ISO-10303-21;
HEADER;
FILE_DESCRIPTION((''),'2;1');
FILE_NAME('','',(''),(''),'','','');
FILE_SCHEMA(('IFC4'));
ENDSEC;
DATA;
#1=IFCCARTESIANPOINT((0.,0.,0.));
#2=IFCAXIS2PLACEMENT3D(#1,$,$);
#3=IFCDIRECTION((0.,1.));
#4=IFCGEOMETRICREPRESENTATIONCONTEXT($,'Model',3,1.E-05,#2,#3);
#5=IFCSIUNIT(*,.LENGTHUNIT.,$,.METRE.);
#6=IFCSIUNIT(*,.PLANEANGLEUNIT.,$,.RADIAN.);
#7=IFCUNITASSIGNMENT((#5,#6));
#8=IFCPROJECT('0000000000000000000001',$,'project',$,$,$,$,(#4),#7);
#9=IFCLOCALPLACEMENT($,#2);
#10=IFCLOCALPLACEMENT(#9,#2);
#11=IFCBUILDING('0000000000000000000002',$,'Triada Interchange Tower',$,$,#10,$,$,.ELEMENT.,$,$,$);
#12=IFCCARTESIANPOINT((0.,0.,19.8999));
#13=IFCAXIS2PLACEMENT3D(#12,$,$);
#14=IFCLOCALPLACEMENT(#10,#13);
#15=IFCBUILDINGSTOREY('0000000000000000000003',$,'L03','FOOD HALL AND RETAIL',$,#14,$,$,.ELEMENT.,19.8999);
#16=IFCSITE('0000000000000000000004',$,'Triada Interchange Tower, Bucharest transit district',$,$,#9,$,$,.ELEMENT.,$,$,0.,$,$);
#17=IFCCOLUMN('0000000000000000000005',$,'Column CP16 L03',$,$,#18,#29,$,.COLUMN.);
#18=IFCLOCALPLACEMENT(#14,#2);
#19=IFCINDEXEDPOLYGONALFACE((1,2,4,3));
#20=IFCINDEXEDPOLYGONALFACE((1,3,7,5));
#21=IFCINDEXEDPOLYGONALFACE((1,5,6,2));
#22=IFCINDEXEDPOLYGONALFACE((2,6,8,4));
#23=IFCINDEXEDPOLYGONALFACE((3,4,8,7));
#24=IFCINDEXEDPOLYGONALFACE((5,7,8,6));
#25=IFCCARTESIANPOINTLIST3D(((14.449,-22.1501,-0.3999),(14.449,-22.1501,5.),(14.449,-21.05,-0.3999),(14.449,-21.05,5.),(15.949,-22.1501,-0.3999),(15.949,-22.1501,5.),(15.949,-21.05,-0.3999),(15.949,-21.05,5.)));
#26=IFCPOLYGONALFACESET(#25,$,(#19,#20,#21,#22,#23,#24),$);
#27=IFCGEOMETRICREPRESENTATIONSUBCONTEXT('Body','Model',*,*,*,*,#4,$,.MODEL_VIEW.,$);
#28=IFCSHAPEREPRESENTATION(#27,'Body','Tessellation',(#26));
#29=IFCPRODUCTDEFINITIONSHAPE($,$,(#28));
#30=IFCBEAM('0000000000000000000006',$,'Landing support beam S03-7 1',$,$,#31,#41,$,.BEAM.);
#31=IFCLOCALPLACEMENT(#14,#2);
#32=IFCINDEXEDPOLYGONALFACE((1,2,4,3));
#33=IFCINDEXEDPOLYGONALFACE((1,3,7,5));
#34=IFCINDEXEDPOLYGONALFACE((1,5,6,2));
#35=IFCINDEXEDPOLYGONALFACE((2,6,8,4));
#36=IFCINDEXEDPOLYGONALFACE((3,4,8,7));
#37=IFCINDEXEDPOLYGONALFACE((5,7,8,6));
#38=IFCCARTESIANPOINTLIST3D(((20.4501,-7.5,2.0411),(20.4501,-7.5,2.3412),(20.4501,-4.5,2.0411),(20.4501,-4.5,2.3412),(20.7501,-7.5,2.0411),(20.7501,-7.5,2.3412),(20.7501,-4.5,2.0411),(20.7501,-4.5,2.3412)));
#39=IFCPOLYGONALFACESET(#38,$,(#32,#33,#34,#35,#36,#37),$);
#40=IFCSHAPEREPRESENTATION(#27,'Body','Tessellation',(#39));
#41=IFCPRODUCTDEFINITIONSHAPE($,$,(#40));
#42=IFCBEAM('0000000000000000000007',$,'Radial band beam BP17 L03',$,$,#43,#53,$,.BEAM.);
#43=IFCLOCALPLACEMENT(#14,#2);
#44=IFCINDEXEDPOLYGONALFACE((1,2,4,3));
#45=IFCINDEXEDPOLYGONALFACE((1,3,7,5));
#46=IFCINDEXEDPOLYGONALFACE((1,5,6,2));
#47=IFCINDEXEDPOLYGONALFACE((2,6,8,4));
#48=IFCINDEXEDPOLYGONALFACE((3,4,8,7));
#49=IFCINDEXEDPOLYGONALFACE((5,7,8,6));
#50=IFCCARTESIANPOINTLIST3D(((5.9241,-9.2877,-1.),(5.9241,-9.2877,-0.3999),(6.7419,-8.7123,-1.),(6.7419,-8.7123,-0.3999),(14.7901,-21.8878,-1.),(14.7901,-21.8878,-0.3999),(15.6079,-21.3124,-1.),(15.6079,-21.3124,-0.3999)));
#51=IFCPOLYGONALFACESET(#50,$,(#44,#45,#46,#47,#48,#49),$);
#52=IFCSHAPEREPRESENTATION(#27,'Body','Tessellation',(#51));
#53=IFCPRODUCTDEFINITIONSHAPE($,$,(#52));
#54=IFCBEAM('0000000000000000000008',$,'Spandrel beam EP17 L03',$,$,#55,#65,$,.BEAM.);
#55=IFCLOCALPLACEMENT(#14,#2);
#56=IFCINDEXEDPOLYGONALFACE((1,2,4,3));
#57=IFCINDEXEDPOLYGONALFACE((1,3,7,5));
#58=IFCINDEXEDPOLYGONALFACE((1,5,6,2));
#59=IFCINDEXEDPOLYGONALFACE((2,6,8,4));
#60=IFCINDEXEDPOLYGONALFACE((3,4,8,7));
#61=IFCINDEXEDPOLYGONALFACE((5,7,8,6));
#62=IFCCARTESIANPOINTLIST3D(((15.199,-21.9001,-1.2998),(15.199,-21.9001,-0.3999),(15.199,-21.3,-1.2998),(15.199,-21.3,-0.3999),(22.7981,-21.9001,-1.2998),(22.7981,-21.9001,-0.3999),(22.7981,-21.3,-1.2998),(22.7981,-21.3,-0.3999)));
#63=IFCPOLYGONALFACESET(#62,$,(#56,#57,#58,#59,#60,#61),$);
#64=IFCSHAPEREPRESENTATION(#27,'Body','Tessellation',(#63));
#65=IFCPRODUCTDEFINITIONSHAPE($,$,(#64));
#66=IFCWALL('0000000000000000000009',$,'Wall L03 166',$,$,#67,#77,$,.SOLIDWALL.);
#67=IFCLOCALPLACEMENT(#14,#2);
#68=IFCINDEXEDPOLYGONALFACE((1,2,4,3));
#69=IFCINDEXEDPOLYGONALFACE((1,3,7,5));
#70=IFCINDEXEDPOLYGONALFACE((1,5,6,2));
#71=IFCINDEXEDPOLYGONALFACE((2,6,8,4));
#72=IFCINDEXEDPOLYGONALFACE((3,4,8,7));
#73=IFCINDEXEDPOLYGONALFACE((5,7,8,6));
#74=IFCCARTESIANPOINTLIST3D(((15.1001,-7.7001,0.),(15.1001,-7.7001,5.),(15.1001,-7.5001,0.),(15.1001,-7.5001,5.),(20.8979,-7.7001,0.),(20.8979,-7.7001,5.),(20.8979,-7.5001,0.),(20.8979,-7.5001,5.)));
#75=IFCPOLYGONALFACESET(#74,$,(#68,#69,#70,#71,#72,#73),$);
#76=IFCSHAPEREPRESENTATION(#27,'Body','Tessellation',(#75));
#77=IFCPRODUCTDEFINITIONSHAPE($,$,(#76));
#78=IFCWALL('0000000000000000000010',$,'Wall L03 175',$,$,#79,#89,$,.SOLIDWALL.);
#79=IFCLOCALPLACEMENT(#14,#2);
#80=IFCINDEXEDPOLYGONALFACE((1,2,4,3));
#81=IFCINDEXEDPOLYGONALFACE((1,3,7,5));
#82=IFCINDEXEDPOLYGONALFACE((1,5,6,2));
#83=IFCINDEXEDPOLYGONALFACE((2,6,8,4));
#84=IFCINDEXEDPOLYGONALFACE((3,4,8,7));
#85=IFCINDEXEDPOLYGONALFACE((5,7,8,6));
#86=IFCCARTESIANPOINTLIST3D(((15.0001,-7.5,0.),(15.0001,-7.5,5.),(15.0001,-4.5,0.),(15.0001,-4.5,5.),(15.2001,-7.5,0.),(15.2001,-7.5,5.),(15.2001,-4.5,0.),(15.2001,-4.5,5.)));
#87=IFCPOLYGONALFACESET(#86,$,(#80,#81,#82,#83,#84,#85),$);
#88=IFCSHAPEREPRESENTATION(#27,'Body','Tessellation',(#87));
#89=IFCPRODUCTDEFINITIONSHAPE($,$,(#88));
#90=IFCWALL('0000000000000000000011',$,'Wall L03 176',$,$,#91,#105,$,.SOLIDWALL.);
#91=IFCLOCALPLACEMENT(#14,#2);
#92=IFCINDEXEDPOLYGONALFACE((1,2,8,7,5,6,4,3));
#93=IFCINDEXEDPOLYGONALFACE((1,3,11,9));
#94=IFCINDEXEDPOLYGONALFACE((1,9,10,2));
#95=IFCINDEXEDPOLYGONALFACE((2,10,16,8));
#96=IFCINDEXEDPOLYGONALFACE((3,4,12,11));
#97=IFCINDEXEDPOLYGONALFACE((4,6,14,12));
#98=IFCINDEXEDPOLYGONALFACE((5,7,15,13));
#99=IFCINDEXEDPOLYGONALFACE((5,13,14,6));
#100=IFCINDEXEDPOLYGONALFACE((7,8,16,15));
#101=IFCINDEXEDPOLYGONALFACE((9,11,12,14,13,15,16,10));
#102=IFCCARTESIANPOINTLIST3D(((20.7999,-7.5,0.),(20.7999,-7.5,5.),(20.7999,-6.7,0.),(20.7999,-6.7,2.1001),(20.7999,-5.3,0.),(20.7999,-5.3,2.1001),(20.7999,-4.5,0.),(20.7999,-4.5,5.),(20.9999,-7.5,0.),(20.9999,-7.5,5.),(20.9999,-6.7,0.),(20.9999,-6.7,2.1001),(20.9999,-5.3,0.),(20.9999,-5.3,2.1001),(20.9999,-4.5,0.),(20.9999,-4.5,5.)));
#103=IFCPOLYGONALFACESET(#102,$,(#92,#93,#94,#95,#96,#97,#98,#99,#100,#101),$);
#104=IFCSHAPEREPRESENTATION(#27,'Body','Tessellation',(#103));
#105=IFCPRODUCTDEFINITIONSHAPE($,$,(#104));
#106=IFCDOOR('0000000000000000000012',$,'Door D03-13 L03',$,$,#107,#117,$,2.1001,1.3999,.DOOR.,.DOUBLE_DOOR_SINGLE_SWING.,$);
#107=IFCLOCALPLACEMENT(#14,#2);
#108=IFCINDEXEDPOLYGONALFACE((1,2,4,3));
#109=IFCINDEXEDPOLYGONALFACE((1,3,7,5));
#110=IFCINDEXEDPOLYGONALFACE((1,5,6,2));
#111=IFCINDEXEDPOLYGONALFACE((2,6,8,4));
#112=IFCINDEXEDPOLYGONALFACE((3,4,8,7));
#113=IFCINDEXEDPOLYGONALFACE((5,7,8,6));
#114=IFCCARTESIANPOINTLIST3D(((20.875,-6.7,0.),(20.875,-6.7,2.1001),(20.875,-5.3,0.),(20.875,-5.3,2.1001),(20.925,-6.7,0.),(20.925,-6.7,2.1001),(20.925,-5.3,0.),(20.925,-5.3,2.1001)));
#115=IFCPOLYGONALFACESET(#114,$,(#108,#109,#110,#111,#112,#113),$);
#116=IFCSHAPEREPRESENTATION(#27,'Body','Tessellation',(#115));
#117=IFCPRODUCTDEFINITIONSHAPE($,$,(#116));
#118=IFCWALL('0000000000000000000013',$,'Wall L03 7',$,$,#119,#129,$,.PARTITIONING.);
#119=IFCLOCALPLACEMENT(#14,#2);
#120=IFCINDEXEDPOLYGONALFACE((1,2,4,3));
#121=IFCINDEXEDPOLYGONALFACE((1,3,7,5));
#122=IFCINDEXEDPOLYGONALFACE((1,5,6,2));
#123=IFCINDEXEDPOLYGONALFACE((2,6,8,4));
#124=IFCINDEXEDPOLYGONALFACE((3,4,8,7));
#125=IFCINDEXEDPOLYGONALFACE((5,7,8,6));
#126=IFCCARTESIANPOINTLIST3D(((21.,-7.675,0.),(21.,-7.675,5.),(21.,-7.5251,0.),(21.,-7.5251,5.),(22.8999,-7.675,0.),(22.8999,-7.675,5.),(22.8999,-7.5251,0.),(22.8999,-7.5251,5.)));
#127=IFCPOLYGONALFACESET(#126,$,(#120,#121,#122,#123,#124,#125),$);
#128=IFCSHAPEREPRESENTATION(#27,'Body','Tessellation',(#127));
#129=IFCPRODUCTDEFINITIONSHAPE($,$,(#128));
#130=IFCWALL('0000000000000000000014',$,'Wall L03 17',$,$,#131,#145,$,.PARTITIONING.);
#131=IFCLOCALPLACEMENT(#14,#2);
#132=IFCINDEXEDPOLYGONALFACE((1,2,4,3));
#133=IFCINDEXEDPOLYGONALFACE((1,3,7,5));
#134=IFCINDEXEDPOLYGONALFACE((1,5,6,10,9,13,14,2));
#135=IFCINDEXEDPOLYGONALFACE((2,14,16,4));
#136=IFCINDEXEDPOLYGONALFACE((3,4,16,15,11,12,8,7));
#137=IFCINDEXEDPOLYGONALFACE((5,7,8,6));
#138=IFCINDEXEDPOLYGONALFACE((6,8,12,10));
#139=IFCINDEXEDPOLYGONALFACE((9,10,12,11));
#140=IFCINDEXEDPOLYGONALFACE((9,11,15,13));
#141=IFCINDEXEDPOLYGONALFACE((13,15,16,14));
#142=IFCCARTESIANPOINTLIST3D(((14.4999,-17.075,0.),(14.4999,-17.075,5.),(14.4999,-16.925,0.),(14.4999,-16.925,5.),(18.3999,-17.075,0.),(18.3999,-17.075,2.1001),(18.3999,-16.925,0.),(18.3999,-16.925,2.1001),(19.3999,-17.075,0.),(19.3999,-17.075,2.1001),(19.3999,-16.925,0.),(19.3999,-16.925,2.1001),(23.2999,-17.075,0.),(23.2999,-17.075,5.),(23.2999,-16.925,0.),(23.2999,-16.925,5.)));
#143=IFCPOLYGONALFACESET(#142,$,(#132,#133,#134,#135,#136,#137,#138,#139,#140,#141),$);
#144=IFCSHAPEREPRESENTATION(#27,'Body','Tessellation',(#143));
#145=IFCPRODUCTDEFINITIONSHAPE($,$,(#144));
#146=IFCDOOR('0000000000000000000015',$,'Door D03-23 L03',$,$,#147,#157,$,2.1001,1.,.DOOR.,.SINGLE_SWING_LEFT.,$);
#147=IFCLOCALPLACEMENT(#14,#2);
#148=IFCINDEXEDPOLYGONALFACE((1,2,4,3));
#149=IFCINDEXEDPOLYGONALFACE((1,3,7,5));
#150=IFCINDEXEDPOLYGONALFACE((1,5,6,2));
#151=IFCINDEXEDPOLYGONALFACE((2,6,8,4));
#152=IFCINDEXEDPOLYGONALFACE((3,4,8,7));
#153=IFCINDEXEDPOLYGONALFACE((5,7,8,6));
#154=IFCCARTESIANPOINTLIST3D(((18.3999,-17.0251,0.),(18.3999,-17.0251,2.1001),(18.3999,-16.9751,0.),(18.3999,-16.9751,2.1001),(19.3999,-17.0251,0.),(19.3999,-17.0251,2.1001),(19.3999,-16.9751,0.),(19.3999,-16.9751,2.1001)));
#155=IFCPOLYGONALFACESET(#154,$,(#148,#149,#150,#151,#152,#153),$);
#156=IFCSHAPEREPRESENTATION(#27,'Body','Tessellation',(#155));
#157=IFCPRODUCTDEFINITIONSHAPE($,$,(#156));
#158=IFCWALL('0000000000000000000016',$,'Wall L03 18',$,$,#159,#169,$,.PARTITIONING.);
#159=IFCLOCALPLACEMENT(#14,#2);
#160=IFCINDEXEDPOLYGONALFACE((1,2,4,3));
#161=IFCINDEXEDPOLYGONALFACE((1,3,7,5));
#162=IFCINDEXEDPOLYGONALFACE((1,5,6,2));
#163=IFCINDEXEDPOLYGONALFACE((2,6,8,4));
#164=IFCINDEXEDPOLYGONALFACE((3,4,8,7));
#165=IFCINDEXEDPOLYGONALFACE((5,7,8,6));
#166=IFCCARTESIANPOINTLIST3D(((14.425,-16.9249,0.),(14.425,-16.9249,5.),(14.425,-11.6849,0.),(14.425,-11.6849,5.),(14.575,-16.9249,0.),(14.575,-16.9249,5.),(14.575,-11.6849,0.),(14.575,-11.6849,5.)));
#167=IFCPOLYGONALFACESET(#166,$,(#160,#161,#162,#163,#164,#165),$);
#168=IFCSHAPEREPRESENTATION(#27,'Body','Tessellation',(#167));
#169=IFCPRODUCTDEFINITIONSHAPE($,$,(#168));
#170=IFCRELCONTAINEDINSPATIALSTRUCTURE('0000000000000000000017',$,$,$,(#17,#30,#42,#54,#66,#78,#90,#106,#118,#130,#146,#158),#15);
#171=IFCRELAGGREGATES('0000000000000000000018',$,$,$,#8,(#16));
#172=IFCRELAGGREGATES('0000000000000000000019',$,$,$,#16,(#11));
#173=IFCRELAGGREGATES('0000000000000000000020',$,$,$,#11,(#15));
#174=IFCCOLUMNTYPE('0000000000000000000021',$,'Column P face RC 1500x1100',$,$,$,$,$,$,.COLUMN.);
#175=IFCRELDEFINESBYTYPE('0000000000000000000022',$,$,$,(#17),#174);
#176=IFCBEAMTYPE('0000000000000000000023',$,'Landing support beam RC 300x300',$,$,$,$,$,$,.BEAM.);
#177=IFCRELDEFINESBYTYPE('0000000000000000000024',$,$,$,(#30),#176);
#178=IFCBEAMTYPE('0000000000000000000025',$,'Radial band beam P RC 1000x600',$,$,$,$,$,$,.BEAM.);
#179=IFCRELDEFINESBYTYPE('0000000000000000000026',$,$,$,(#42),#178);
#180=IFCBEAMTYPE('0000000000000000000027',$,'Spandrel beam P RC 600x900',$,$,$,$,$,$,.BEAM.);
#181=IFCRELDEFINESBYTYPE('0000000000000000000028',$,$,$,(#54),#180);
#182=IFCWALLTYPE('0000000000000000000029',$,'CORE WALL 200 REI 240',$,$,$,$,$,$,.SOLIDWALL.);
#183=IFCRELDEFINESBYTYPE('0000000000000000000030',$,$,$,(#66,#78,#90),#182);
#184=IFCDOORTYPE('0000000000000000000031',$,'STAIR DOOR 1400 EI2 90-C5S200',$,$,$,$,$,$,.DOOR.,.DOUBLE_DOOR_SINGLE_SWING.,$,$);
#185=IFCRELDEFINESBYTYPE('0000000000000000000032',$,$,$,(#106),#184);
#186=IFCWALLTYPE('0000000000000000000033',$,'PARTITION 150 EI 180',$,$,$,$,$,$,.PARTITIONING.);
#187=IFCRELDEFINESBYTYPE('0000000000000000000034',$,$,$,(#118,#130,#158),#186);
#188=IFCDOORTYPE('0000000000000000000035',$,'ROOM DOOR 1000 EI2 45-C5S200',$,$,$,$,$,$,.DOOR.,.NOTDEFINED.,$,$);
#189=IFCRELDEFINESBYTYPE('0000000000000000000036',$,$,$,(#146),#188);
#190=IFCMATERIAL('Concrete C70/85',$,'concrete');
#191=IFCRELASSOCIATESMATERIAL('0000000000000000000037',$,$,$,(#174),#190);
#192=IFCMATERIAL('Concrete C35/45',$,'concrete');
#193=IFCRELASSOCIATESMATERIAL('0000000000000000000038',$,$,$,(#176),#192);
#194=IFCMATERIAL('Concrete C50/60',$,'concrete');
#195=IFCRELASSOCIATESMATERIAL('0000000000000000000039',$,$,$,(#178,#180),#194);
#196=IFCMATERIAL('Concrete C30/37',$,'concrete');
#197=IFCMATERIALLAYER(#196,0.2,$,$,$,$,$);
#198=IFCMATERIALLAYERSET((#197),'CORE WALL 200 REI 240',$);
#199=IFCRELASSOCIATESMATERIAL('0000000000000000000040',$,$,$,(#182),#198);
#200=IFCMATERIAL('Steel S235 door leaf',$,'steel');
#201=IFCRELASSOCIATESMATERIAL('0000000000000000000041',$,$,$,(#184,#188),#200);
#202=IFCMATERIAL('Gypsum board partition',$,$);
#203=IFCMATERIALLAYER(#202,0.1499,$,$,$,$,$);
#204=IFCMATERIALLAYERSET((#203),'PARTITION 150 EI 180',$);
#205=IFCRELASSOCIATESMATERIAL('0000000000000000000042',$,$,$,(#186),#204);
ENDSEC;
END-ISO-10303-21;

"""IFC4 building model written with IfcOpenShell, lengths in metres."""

from ifc_helpers import new_model, si_unit, direction, frame, frame_2d, origin, origin_2d, place, context, subcontext, project, spatial, rectangle, extrude, material, layer, layer_set, material_profile, profile_set, type_object, element, fill, save


model = new_model("IFC4")

# Units and contexts
model_context = context("Model", 3, precision=1e-05, world=origin(), true_north=direction((0.0, 1.0)))
body_context = subcontext(model_context, "Body", "Model", "MODEL_VIEW")
ifc_project = project(units=[si_unit("LENGTHUNIT", "METRE"), si_unit("PLANEANGLEUNIT", "RADIAN")], contexts=[model_context])

# Site, building, storey
site_placement = place(None, origin())
site = spatial("IfcSite", under=ifc_project, at=site_placement, Name="Triada Interchange Tower, Bucharest transit district", CompositionType="ELEMENT", RefElevation=0.0)
building_placement = place(site_placement, origin())
building = spatial("IfcBuilding", under=site, at=building_placement, Name="Triada Interchange Tower", CompositionType="ELEMENT")
storey_placement = place(building_placement, frame((0.0, 0.0, 19.8999)))
storey = spatial("IfcBuildingStorey", under=building, at=storey_placement, Name="L03", Description="FOOD HALL AND RETAIL", CompositionType="ELEMENT", Elevation=19.8999)

# Column
ifc_material_1 = material(Name="Concrete C70/85", Category="concrete")
ifc_material_profile_1 = material_profile(ifc_material_1, rectangle(XDim=1.5, YDim=1.1001, at=origin_2d()), Name="RC 1500x1100")
ifc_profile_set_1 = profile_set([ifc_material_profile_1], Name="Concrete C70/85")
column_type = type_object("IfcColumnType", Name="Column P face RC 1500x1100", PredefinedType="COLUMN", material=ifc_profile_set_1)
column_placement = place(storey_placement, frame((15.199, -21.6001, -0.3999), z_axis=(0.0, 0.0, 1.0), x_axis=(1.0, 0.0, 0.0)))
element("IfcColumn", 1, at=column_placement, inside=storey, type_object=column_type, Name="Column CP16 L03", PredefinedType="COLUMN", context=body_context, shape_type="SweptSolid", body=[
    extrude(rectangle(XDim=1.5, YDim=1.1001, at=origin_2d()), origin(), (0.0, 0.0, 1.0), 5.3999),
])

# Beams
ifc_material_2 = material(Name="Concrete C35/45", Category="concrete")
ifc_material_profile_2 = material_profile(ifc_material_2, rectangle(XDim=0.3, YDim=0.3, at=origin_2d()), Name="RC 300x300")
ifc_profile_set_2 = profile_set([ifc_material_profile_2], Name="Concrete C35/45")
beam_type_1 = type_object("IfcBeamType", Name="Landing support beam RC 300x300", PredefinedType="BEAM", material=ifc_profile_set_2)
beam_1_placement = place(storey_placement, frame((20.6001, -7.5, 2.1912), z_axis=(0.0, 1.0, 0.0), x_axis=(-1.0, 0.0, 0.0)))
element("IfcBeam", 2, at=beam_1_placement, inside=storey, type_object=beam_type_1, Name="Landing support beam S03-7 1", PredefinedType="BEAM", context=body_context, shape_type="SweptSolid", body=[
    extrude(rectangle(XDim=0.3, YDim=0.3, at=origin_2d()), origin(), (0.0, 0.0, 1.0), 3.0),
])
ifc_material_3 = material(Name="Concrete C50/60", Category="concrete")
ifc_material_profile_3 = material_profile(ifc_material_3, rectangle(XDim=1.0, YDim=0.6001, at=origin_2d()), Name="RC 1000x600")
ifc_profile_set_3 = profile_set([ifc_material_profile_3], Name="Concrete C50/60")
beam_type_2 = type_object("IfcBeamType", Name="Radial band beam P RC 1000x600", PredefinedType="BEAM", material=ifc_profile_set_3)
beam_2_placement = place(storey_placement, frame((15.199, -21.6001, -0.7), z_axis=(-0.57546, 0.81783, 0.0), x_axis=(-0.81783, -0.57546, 0.0)))
element("IfcBeam", 3, at=beam_2_placement, inside=storey, type_object=beam_type_2, Name="Radial band beam BP17 L03", PredefinedType="BEAM", context=body_context, shape_type="SweptSolid", body=[
    extrude(rectangle(XDim=1.0, YDim=0.6001, at=origin_2d()), origin(), (0.0, 0.0, 1.0), 15.4067),
])
ifc_material_profile_4 = material_profile(ifc_material_3, rectangle(XDim=0.6001, YDim=0.8999, at=origin_2d()), Name="RC 600x900")
ifc_profile_set_4 = profile_set([ifc_material_profile_4], Name="Concrete C50/60")
beam_type_3 = type_object("IfcBeamType", Name="Spandrel beam P RC 600x900", PredefinedType="BEAM", material=ifc_profile_set_4)
beam_3_placement = place(storey_placement, frame((15.199, -21.6001, -0.8499), z_axis=(1.0, 0.0, 0.0), x_axis=(0.0, 1.0, 0.0)))
element("IfcBeam", 4, at=beam_3_placement, inside=storey, type_object=beam_type_3, Name="Spandrel beam EP17 L03", PredefinedType="BEAM", context=body_context, shape_type="SweptSolid", body=[
    extrude(rectangle(XDim=0.6001, YDim=0.8999, at=origin_2d()), origin(), (0.0, 0.0, 1.0), 7.5991),
])

# Walls
ifc_material_4 = material(Name="Concrete C30/37", Category="concrete")
ifc_layer_1 = layer(ifc_material_4, 0.2)
ifc_layer_set_1 = layer_set([ifc_layer_1], Name="CORE WALL 200 REI 240")
wall_type_1 = type_object("IfcWallType", Name="CORE WALL 200 REI 240", PredefinedType="SOLIDWALL", material=ifc_layer_set_1)
wall_1_placement = place(storey_placement, frame((15.1001, -7.6001, 0.0), z_axis=(0.0, 0.0, 1.0), x_axis=(1.0, 0.0, 0.0)))
element("IfcWall", 5, at=wall_1_placement, inside=storey, type_object=wall_type_1, Name="Wall L03 166", PredefinedType="SOLIDWALL", context=body_context, shape_type="SweptSolid", body=[
    extrude(rectangle(XDim=5.7979, YDim=0.2, at=frame_2d((2.8989, 0.0))), origin(), (0.0, 0.0, 1.0), 5.0),
])
wall_2_placement = place(storey_placement, frame((15.1001, -7.5, 0.0), z_axis=(0.0, 0.0, 1.0), x_axis=(0.0, 1.0, 0.0)))
element("IfcWall", 6, at=wall_2_placement, inside=storey, type_object=wall_type_1, Name="Wall L03 175", PredefinedType="SOLIDWALL", context=body_context, shape_type="SweptSolid", body=[
    extrude(rectangle(XDim=3.0, YDim=0.2, at=frame_2d((1.5, 0.0))), origin(), (0.0, 0.0, 1.0), 5.0),
])

# Wall, opening, door
wall_3_placement = place(storey_placement, frame((20.8999, -7.5, 0.0), z_axis=(0.0, 0.0, 1.0), x_axis=(0.0, 1.0, 0.0)))
wall_3 = element("IfcWall", 7, at=wall_3_placement, inside=storey, type_object=wall_type_1, Name="Wall L03 176", PredefinedType="SOLIDWALL", context=body_context, shape_type="SweptSolid", body=[
    extrude(rectangle(XDim=3.0, YDim=0.2, at=frame_2d((1.5, 0.0))), origin(), (0.0, 0.0, 1.0), 5.0),
])
opening_1_placement = place(wall_3_placement, frame((0.8, 0.0, 0.0)))
opening_1 = element("IfcOpeningElement", 8, at=opening_1_placement, cuts=wall_3, PredefinedType="OPENING", context=body_context, shape_type="SweptSolid", body=[
    extrude(rectangle(XDim=1.3999, YDim=2.1001, at=frame_2d((0.7, 1.05))), frame((0.0, 0.1099, 0.0), z_axis=(0.0, -1.0, 0.0), x_axis=(1.0, 0.0, 0.0)), (0.0, 0.0, 1.0), 0.22),
])
ifc_material_5 = material(Name="Steel S235 door leaf", Category="steel")
door_type_1 = type_object("IfcDoorType", Name="STAIR DOOR 1400 EI2 90-C5S200", OperationType="DOUBLE_DOOR_SINGLE_SWING", PredefinedType="DOOR", material=ifc_material_5)
door_1_placement = place(opening_1_placement, origin())
door_1 = element("IfcDoor", 9, at=door_1_placement, inside=storey, type_object=door_type_1, Name="Door D03-13 L03", OperationType="DOUBLE_DOOR_SINGLE_SWING", OverallHeight=2.1001, OverallWidth=1.3999, PredefinedType="DOOR", context=body_context, shape_type="SweptSolid", body=[
    extrude(rectangle(XDim=1.3999, YDim=2.1001, at=frame_2d((0.7, 1.05))), frame((0.0, 0.0249, 0.0), z_axis=(0.0, -1.0, 0.0), x_axis=(1.0, 0.0, 0.0)), (0.0, 0.0, 1.0), 0.05),
])
fill(opening_1, door_1)

# Wall
ifc_material_6 = material(Name="Gypsum board partition")
ifc_layer_2 = layer(ifc_material_6, 0.1499)
ifc_layer_set_2 = layer_set([ifc_layer_2], Name="PARTITION 150 EI 180")
wall_type_2 = type_object("IfcWallType", Name="PARTITION 150 EI 180", PredefinedType="PARTITIONING", material=ifc_layer_set_2)
wall_4_placement = place(storey_placement, frame((21.0, -7.6001, 0.0), z_axis=(0.0, 0.0, 1.0), x_axis=(1.0, 0.0, 0.0)))
element("IfcWall", 10, at=wall_4_placement, inside=storey, type_object=wall_type_2, Name="Wall L03 7", PredefinedType="PARTITIONING", context=body_context, shape_type="SweptSolid", body=[
    extrude(rectangle(XDim=1.8999, YDim=0.1499, at=frame_2d((0.95, 0.0))), origin(), (0.0, 0.0, 1.0), 5.0),
])

# Wall, opening, door
wall_5_placement = place(storey_placement, frame((14.5, -17.0, 0.0), z_axis=(0.0, 0.0, 1.0), x_axis=(1.0, 0.0, 0.0)))
wall_5 = element("IfcWall", 11, at=wall_5_placement, inside=storey, type_object=wall_type_2, Name="Wall L03 17", PredefinedType="PARTITIONING", context=body_context, shape_type="SweptSolid", body=[
    extrude(rectangle(XDim=8.8, YDim=0.1499, at=frame_2d((4.3999, 0.0))), origin(), (0.0, 0.0, 1.0), 5.0),
])
opening_2_placement = place(wall_5_placement, frame((3.8999, 0.0, 0.0)))
opening_2 = element("IfcOpeningElement", 12, at=opening_2_placement, cuts=wall_5, PredefinedType="OPENING", context=body_context, shape_type="SweptSolid", body=[
    extrude(rectangle(XDim=1.0, YDim=2.1001, at=frame_2d((0.5, 1.05))), frame((0.0, 0.085, 0.0), z_axis=(0.0, -1.0, 0.0), x_axis=(1.0, 0.0, 0.0)), (0.0, 0.0, 1.0), 0.1699),
])
door_type_2 = type_object("IfcDoorType", Name="ROOM DOOR 1000 EI2 45-C5S200", OperationType="NOTDEFINED", PredefinedType="DOOR", material=ifc_material_5)
door_2_placement = place(opening_2_placement, origin())
door_2 = element("IfcDoor", 13, at=door_2_placement, inside=storey, type_object=door_type_2, Name="Door D03-23 L03", OperationType="SINGLE_SWING_LEFT", OverallHeight=2.1001, OverallWidth=1.0, PredefinedType="DOOR", context=body_context, shape_type="SweptSolid", body=[
    extrude(rectangle(XDim=1.0, YDim=2.1001, at=frame_2d((0.5, 1.05))), frame((0.0, 0.0249, 0.0), z_axis=(0.0, -1.0, 0.0), x_axis=(1.0, 0.0, 0.0)), (0.0, 0.0, 1.0), 0.05),
])
fill(opening_2, door_2)

# Wall
wall_6_placement = place(storey_placement, frame((14.5, -16.925, 0.0), z_axis=(0.0, 0.0, 1.0), x_axis=(0.0, 1.0, 0.0)))
element("IfcWall", 14, at=wall_6_placement, inside=storey, type_object=wall_type_2, Name="Wall L03 18", PredefinedType="PARTITIONING", context=body_context, shape_type="SweptSolid", body=[
    extrude(rectangle(XDim=5.24, YDim=0.1499, at=frame_2d((2.6201, 0.0))), origin(), (0.0, 0.0, 1.0), 5.0),
])

save(model, "model.ifc")
